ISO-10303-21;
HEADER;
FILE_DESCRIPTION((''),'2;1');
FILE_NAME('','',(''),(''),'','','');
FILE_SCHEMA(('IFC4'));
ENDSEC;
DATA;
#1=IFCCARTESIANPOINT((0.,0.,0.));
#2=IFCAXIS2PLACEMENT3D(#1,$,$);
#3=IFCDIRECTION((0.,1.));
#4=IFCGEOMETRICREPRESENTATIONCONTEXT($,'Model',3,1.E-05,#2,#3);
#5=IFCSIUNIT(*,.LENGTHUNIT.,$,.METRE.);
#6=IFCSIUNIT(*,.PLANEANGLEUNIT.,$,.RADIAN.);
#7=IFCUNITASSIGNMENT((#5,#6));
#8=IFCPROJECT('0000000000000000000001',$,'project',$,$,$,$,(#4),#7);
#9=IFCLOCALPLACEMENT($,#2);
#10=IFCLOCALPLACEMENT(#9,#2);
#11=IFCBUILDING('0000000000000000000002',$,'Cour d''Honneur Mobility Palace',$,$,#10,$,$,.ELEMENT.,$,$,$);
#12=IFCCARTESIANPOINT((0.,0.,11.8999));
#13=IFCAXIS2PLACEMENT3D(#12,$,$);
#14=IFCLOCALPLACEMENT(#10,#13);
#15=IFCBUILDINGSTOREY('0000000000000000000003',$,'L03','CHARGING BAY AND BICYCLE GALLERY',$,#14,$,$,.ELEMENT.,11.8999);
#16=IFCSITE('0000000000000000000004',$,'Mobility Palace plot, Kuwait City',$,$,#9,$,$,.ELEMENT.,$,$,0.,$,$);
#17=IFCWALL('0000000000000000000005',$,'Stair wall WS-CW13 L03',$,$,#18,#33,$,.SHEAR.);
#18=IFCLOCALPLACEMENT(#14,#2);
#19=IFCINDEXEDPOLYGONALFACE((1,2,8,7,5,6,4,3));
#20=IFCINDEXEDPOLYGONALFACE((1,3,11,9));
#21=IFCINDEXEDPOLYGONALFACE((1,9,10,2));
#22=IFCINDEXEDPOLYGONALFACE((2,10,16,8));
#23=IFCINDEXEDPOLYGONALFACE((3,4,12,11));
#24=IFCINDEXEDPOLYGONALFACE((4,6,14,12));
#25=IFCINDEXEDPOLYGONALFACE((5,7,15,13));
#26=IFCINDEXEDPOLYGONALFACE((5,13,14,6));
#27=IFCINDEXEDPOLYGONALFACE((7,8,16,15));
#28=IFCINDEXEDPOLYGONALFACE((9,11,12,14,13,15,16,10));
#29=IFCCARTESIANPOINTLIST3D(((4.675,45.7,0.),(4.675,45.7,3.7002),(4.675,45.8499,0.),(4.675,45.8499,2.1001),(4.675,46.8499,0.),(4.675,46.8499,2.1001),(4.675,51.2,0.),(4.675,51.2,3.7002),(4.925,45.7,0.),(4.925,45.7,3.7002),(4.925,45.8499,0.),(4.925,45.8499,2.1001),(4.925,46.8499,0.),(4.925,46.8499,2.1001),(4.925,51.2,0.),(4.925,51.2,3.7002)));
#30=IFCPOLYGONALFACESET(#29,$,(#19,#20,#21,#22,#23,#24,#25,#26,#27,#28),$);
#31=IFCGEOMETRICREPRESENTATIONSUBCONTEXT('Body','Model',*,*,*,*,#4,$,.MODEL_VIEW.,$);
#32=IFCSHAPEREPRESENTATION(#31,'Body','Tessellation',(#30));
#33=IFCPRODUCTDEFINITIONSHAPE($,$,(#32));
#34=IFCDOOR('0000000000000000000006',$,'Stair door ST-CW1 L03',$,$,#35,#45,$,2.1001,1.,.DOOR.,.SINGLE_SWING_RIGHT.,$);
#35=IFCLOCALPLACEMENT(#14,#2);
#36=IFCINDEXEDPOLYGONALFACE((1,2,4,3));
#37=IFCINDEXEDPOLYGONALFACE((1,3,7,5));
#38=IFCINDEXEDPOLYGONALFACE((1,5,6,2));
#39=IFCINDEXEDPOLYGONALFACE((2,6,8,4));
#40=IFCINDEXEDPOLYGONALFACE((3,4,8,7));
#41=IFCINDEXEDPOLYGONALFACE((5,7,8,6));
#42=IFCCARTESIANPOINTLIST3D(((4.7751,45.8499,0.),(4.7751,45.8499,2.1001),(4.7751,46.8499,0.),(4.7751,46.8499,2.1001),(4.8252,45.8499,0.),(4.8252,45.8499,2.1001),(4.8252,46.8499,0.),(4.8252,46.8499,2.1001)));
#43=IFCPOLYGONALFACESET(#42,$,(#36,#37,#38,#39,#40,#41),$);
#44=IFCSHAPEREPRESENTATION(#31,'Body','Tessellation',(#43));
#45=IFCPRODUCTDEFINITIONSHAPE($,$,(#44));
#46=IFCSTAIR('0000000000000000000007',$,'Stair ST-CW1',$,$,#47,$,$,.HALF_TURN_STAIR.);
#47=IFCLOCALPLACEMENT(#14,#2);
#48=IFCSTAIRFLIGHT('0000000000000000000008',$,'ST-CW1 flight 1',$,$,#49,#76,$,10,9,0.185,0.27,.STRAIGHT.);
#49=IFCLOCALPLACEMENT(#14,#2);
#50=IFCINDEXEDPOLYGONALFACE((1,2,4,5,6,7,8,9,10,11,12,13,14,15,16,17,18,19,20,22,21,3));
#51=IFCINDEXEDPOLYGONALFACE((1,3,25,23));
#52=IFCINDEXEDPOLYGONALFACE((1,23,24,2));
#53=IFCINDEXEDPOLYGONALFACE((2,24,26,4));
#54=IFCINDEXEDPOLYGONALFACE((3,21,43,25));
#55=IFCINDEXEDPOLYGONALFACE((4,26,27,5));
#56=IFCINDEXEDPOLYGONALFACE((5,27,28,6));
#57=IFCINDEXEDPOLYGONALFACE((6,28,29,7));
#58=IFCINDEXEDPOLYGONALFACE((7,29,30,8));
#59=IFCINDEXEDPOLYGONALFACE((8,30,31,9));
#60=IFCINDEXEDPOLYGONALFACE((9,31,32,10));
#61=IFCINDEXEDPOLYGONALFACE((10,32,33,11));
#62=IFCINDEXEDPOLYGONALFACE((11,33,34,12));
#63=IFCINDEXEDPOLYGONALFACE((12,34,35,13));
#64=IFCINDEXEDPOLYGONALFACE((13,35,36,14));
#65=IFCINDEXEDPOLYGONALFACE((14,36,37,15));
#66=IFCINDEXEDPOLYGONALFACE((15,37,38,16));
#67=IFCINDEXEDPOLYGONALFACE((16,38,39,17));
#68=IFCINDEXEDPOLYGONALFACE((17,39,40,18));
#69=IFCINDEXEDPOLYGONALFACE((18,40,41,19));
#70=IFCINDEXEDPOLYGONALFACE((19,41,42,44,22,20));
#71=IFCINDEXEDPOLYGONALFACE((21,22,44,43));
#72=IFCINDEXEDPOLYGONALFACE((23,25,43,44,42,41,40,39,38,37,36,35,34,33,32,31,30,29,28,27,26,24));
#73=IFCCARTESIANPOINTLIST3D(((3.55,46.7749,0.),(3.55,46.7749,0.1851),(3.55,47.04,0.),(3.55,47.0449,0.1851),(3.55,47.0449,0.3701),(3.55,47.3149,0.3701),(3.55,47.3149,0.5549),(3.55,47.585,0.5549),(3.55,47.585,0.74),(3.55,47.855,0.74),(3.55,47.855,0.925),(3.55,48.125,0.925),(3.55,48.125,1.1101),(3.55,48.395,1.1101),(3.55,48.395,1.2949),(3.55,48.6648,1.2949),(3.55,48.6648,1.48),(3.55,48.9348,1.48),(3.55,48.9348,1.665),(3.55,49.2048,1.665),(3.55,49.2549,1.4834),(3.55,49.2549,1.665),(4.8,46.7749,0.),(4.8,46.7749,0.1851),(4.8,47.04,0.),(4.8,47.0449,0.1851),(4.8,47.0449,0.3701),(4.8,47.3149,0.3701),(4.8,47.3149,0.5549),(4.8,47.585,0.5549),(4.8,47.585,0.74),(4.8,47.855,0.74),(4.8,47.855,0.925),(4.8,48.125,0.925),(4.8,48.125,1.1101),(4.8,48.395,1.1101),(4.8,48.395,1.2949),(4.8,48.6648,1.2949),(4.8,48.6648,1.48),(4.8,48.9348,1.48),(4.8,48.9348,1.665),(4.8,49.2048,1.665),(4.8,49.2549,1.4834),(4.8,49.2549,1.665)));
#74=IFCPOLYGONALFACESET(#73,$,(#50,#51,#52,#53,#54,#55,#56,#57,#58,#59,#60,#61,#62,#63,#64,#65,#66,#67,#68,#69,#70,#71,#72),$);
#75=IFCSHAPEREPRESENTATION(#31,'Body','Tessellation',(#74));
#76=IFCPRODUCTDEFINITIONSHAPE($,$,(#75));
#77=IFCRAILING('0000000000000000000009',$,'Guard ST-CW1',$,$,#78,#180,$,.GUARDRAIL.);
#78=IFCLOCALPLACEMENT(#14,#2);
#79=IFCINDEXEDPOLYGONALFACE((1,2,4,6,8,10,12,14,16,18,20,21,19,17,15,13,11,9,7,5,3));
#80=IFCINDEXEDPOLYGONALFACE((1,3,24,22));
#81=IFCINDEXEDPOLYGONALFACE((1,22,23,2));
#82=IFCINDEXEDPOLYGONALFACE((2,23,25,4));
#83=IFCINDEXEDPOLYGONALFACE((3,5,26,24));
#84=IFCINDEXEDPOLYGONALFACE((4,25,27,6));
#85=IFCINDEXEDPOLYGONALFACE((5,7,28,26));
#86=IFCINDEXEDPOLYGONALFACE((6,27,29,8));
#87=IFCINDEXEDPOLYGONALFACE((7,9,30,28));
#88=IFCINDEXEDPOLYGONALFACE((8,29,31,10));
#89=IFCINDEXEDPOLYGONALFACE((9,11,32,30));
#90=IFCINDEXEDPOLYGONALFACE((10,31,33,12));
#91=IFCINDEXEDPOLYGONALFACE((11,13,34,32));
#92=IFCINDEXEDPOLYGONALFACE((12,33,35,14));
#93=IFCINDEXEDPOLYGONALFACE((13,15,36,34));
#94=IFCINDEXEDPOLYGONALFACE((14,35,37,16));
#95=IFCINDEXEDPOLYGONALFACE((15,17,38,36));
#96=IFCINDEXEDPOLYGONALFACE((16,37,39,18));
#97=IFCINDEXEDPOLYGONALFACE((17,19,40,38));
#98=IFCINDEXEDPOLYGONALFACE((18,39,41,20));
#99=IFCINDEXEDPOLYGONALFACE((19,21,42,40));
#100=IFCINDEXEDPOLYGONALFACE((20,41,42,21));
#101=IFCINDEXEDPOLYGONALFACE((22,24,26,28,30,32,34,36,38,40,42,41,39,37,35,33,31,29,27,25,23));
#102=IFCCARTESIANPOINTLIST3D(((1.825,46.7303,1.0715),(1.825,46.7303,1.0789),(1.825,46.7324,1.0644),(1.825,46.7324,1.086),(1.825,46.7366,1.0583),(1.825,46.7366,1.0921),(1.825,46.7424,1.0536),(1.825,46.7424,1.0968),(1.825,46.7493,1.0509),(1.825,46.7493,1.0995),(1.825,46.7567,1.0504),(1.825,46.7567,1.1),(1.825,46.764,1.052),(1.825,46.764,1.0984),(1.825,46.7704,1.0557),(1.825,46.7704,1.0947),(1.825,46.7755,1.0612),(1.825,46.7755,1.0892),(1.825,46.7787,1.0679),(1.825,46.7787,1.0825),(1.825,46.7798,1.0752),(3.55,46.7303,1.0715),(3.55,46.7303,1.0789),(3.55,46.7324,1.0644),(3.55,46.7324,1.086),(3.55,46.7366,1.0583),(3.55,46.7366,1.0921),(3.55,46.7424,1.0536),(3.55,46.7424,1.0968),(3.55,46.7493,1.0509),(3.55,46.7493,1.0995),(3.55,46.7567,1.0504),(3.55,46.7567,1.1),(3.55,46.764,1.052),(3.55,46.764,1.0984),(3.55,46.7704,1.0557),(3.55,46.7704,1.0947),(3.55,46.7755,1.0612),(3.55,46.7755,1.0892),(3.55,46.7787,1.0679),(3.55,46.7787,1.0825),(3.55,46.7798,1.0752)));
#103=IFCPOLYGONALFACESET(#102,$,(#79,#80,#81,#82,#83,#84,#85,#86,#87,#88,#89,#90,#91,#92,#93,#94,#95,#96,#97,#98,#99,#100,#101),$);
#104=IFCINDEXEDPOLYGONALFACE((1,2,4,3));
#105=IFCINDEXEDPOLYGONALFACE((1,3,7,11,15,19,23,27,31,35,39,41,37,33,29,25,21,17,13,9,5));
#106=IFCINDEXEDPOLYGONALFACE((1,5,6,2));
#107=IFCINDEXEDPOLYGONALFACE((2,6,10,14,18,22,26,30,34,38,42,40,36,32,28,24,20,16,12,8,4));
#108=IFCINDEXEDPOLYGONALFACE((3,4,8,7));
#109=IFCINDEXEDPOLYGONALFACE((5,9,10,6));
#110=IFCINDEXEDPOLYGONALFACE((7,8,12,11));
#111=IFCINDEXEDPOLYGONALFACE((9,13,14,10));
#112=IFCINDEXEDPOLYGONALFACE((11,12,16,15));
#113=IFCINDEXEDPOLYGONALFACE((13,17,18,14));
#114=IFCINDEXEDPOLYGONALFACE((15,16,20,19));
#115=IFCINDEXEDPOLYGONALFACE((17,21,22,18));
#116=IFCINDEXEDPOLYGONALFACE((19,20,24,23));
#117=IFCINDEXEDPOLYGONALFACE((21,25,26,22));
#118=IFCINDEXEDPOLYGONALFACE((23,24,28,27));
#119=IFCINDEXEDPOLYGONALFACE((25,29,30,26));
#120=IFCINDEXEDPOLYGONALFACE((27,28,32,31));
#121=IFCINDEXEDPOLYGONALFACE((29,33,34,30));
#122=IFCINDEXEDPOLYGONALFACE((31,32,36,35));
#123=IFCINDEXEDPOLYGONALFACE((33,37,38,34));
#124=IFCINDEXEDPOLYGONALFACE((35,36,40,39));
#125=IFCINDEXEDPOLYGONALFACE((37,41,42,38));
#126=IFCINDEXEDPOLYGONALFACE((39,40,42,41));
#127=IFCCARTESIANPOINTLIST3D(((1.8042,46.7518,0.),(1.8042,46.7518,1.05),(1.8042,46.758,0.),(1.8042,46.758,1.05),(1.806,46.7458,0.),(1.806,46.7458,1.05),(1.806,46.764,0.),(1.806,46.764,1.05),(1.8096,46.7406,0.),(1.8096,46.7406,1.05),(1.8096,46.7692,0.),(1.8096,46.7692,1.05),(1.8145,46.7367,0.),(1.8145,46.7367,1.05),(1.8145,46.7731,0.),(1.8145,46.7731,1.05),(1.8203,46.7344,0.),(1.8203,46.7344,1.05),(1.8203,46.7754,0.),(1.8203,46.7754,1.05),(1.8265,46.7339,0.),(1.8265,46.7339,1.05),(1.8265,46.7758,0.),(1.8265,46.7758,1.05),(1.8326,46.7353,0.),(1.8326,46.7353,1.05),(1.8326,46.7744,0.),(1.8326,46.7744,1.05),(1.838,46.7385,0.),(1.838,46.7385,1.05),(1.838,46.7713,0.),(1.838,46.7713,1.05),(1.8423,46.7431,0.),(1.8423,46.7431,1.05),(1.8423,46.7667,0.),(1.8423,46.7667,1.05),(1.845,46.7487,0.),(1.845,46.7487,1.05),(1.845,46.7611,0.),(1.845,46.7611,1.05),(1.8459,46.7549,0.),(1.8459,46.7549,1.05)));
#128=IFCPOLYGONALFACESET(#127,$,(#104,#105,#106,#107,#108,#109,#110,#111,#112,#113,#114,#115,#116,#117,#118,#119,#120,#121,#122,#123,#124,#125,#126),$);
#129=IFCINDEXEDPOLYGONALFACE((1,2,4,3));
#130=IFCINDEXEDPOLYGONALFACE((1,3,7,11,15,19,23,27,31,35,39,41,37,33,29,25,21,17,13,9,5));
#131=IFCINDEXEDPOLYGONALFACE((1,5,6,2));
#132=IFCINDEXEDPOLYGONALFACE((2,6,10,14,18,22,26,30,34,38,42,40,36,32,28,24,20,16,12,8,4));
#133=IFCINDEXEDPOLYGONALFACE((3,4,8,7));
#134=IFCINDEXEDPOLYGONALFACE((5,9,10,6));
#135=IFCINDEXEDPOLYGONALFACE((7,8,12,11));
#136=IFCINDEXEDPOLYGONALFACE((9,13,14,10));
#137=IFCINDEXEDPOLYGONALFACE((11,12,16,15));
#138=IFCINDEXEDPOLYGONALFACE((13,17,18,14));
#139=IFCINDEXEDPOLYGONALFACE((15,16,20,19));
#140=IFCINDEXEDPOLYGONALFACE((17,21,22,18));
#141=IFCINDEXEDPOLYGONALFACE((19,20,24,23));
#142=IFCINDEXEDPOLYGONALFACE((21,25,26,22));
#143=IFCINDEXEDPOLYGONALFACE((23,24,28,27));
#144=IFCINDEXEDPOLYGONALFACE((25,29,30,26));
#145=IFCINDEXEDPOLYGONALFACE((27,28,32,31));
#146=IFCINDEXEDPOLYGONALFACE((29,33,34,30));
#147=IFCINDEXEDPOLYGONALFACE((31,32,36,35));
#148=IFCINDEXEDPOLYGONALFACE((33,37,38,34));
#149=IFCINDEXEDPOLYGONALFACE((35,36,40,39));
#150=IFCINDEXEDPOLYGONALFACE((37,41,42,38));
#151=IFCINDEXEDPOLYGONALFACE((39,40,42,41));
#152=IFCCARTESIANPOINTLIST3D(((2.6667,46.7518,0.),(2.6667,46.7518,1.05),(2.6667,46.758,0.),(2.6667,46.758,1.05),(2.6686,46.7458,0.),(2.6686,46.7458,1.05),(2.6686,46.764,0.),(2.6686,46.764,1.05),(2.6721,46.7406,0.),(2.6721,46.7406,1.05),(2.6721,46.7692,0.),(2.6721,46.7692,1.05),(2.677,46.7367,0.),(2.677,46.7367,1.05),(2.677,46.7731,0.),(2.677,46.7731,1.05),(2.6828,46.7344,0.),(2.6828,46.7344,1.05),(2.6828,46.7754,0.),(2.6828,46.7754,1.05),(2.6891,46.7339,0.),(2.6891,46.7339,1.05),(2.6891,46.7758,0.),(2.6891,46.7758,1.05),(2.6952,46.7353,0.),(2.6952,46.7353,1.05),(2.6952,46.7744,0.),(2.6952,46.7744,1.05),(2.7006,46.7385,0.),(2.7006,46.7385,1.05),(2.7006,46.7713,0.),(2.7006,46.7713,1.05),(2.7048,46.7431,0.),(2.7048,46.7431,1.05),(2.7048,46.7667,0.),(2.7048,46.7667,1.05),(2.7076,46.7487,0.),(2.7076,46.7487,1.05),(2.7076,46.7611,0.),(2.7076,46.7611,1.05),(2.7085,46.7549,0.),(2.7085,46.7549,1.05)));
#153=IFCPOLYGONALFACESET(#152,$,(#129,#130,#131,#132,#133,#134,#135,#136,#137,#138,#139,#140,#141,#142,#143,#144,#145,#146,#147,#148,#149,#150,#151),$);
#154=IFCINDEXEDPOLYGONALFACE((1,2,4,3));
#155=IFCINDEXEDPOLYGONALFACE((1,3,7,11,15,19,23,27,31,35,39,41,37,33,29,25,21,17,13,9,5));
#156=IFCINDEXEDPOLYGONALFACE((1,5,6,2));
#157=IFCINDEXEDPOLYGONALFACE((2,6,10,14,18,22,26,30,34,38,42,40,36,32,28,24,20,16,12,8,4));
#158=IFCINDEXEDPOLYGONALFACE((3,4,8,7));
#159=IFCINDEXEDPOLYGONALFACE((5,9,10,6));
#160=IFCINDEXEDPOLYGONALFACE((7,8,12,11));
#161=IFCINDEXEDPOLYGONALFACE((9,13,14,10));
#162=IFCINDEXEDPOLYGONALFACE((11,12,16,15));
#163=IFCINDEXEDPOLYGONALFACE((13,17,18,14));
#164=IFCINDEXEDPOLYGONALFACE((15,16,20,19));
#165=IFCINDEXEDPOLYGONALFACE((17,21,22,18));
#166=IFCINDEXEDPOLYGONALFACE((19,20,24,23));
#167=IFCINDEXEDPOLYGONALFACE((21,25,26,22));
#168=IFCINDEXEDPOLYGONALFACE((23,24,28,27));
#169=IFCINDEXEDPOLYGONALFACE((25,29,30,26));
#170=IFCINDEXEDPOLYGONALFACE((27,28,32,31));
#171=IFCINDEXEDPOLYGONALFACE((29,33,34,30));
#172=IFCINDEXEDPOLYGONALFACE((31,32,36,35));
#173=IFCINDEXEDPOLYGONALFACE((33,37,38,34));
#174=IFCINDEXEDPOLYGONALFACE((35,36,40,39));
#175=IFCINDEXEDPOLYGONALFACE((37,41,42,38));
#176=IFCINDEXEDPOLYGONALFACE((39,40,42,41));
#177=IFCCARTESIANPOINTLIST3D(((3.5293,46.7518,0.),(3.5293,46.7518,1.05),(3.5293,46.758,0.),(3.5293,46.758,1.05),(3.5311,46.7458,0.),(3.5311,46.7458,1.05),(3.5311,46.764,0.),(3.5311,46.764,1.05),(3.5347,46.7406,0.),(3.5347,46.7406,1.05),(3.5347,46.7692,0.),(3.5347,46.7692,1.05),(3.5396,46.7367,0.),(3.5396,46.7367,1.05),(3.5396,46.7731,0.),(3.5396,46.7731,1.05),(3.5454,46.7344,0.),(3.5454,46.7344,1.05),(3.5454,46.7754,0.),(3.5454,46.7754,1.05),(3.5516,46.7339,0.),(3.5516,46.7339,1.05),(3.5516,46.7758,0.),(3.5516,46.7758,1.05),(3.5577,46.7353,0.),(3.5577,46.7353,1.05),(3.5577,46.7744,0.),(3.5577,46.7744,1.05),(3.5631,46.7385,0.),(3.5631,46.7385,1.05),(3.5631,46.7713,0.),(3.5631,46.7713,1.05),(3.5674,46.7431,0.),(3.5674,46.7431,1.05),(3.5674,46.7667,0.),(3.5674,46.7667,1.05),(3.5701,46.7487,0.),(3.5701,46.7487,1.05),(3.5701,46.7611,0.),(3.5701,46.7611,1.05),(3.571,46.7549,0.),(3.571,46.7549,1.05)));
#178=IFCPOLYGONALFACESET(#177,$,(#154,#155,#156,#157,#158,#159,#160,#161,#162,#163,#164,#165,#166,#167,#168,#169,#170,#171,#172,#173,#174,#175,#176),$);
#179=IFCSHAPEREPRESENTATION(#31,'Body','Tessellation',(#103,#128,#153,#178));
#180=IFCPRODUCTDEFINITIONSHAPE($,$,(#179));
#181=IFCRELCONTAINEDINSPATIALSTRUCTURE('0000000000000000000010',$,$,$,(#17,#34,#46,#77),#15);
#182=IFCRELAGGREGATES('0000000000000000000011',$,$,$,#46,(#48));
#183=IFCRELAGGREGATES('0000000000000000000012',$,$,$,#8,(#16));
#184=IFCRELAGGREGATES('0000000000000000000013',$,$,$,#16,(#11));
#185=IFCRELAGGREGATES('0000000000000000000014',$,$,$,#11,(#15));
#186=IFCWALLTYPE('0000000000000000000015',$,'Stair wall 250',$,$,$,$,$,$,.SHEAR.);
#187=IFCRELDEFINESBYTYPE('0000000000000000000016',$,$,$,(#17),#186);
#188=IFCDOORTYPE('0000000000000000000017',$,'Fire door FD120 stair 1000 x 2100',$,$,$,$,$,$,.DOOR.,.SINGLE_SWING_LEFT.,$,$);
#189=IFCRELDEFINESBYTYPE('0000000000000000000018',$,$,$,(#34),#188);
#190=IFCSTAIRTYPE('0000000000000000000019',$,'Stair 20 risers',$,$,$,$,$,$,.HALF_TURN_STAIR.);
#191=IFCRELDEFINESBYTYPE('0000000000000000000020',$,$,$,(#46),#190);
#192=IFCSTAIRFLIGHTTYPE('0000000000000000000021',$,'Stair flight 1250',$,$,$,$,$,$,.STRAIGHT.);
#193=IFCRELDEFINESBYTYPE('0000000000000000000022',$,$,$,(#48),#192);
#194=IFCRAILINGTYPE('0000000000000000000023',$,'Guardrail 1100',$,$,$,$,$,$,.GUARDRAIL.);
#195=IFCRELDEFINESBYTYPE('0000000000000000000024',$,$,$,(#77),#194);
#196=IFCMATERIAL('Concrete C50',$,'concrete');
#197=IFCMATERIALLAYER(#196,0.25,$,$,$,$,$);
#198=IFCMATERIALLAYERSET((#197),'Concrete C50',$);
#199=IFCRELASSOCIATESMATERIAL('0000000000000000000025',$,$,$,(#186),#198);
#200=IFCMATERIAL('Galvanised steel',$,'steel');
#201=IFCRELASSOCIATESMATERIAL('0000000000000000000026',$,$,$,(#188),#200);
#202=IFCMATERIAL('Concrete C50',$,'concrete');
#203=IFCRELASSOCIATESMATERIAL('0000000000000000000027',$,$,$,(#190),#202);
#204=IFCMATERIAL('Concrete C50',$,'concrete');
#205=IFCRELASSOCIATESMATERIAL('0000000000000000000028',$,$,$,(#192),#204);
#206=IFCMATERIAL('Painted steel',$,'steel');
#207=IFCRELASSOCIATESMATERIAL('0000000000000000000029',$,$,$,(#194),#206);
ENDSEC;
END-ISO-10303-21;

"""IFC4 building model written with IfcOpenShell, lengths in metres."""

from ifc_helpers import new_model, si_unit, direction, frame, frame_2d, origin, origin_2d, place, context, subcontext, project, spatial, polyline, rectangle, circle, outline, extrude, material, layer, layer_set, type_object, element, fill, aggregate, save


model = new_model("IFC4")

# Units and contexts
model_context = context("Model", 3, precision=1e-05, world=origin(), true_north=direction((0.0, 1.0)))
body_context = subcontext(model_context, "Body", "Model", "MODEL_VIEW")
ifc_project = project(units=[si_unit("LENGTHUNIT", "METRE"), si_unit("PLANEANGLEUNIT", "RADIAN")], contexts=[model_context])

# Site, building, storey
site_placement = place(None, origin())
site = spatial("IfcSite", under=ifc_project, at=site_placement, Name="Mobility Palace plot, Kuwait City", CompositionType="ELEMENT", RefElevation=0.0)
building_placement = place(site_placement, origin())
building = spatial("IfcBuilding", under=site, at=building_placement, Name="Cour d'Honneur Mobility Palace", CompositionType="ELEMENT")
storey_placement = place(building_placement, frame((0.0, 0.0, 11.8999)))
storey = spatial("IfcBuildingStorey", under=building, at=storey_placement, Name="L03", Description="CHARGING BAY AND BICYCLE GALLERY", CompositionType="ELEMENT", Elevation=11.8999)

# Wall, opening, door
ifc_material_1 = material(Name="Concrete C50", Category="concrete")
ifc_layer_1 = layer(ifc_material_1, 0.25)
ifc_layer_set_1 = layer_set([ifc_layer_1], Name="Concrete C50")
wall_type_1 = type_object("IfcWallType", Name="Stair wall 250", PredefinedType="SHEAR", material=ifc_layer_set_1)
wall_1_placement = place(storey_placement, frame((4.8, 45.7, 0.0), z_axis=(0.0, 0.0, 1.0), x_axis=(0.0, 1.0, 0.0)))
wall_1 = element("IfcWall", 1, at=wall_1_placement, inside=storey, type_object=wall_type_1, Name="Stair wall WS-CW13 L03", PredefinedType="SHEAR", context=body_context, shape_type="SweptSolid", body=[
    extrude(rectangle(XDim=5.5, YDim=0.25, at=frame_2d((2.75, 0.0))), origin(), (0.0, 0.0, 1.0), 3.7002),
])
opening_1_placement = place(wall_1_placement, frame((0.1499, 0.0, 0.0)))
opening_1 = element("IfcOpeningElement", 2, at=opening_1_placement, cuts=wall_1, PredefinedType="OPENING", context=body_context, shape_type="SweptSolid", body=[
    extrude(rectangle(XDim=1.0, YDim=2.1001, at=frame_2d((0.5, 1.05))), frame((0.0, 0.135, 0.0), z_axis=(0.0, -1.0, 0.0), x_axis=(1.0, 0.0, 0.0)), (0.0, 0.0, 1.0), 0.27),
])
ifc_material_2 = material(Name="Galvanised steel", Category="steel")
door_type_1 = type_object("IfcDoorType", Name="Fire door FD120 stair 1000 x 2100", OperationType="SINGLE_SWING_LEFT", PredefinedType="DOOR", material=ifc_material_2)
door_1_placement = place(opening_1_placement, origin())
door_1 = element("IfcDoor", 3, at=door_1_placement, inside=storey, type_object=door_type_1, Name="Stair door ST-CW1 L03", OperationType="SINGLE_SWING_RIGHT", OverallHeight=2.1001, OverallWidth=1.0, PredefinedType="DOOR", context=body_context, shape_type="SweptSolid", body=[
    extrude(rectangle(XDim=1.0, YDim=2.1001, at=frame_2d((0.5, 1.05))), frame((0.0, 0.0249, 0.0), z_axis=(0.0, -1.0, 0.0), x_axis=(1.0, 0.0, 0.0)), (0.0, 0.0, 1.0), 0.05),
])
fill(opening_1, door_1)

# Stair, stair flight
ifc_material_3 = material(Name="Concrete C50", Category="concrete")
stair_type = type_object("IfcStairType", Name="Stair 20 risers", PredefinedType="HALF_TURN_STAIR", material=ifc_material_3)
stair_placement = place(storey_placement, origin())
stair = element("IfcStair", 4, at=stair_placement, inside=storey, type_object=stair_type, Name="Stair ST-CW1", PredefinedType="HALF_TURN_STAIR")
ifc_material_4 = material(Name="Concrete C50", Category="concrete")
stair_flight_type = type_object("IfcStairFlightType", Name="Stair flight 1250", PredefinedType="STRAIGHT", material=ifc_material_4)
stair_flight_placement = place(storey_placement, frame((4.175, 46.7749, 0.0), z_axis=(0.0, 0.0, 1.0), x_axis=(0.0, 1.0, 0.0)))
stair_flight = element("IfcStairFlight", 5, at=stair_flight_placement, type_object=stair_flight_type, Name="ST-CW1 flight 1", NumberOfRisers=10, NumberOfTreads=9, PredefinedType="STRAIGHT", RiserHeight=0.185, TreadLength=0.27, context=body_context, shape_type="SweptSolid", body=[
    extrude(outline(polyline([(0.0, 0.0), (0.0, 0.1851), (0.27, 0.1851), (0.27, 0.3701), (0.54, 0.3701), (0.54, 0.5549), (0.8101, 0.5549), (0.8101, 0.74), (1.0801, 0.74), (1.0801, 0.925), (1.3501, 0.925), (1.3501, 1.1101), (1.6201, 1.1101), (1.6201, 1.2949), (1.8899, 1.2949), (1.8899, 1.48), (2.1599, 1.48), (2.1599, 1.665), (2.4299, 1.665), (2.48, 1.665), (2.48, 1.4834), (0.2651, 0.0), (0.0, 0.0)])), frame((0.0, 0.625, 0.0), z_axis=(0.0, -1.0, 0.0), x_axis=(1.0, 0.0, 0.0)), (0.0, 0.0, 1.0), 1.25),
])
aggregate(stair, [stair_flight])

# Railing
ifc_material_5 = material(Name="Painted steel", Category="steel")
railing_type_1 = type_object("IfcRailingType", Name="Guardrail 1100", PredefinedType="GUARDRAIL", material=ifc_material_5)
for number, where, name in (
    (6, (1.825, 46.7549, 0.0), "Guard ST-CW1"),
):
    element("IfcRailing", number, at=place(storey_placement, frame(where)), inside=storey, type_object=railing_type_1, Name=name, PredefinedType="GUARDRAIL", context=body_context, shape_type="SweptSolid", body=[
        extrude(circle(Radius=0.0249, at=origin_2d()), frame((0.0, 0.0, 1.0752), z_axis=(1.0, 0.0, 0.0), x_axis=(0.0, 1.0, 0.0)), (0.0, 0.0, 1.0), 1.7251),
        extrude(circle(Radius=0.021, at=origin_2d()), origin(), (0.0, 0.0, 1.0), 1.05),
        extrude(circle(Radius=0.021, at=origin_2d()), frame((0.8625, 0.0, 0.0)), (0.0, 0.0, 1.0), 1.05),
        extrude(circle(Radius=0.021, at=origin_2d()), frame((1.7251, 0.0, 0.0)), (0.0, 0.0, 1.0), 1.05),
    ])

save(model, "model.ifc")
